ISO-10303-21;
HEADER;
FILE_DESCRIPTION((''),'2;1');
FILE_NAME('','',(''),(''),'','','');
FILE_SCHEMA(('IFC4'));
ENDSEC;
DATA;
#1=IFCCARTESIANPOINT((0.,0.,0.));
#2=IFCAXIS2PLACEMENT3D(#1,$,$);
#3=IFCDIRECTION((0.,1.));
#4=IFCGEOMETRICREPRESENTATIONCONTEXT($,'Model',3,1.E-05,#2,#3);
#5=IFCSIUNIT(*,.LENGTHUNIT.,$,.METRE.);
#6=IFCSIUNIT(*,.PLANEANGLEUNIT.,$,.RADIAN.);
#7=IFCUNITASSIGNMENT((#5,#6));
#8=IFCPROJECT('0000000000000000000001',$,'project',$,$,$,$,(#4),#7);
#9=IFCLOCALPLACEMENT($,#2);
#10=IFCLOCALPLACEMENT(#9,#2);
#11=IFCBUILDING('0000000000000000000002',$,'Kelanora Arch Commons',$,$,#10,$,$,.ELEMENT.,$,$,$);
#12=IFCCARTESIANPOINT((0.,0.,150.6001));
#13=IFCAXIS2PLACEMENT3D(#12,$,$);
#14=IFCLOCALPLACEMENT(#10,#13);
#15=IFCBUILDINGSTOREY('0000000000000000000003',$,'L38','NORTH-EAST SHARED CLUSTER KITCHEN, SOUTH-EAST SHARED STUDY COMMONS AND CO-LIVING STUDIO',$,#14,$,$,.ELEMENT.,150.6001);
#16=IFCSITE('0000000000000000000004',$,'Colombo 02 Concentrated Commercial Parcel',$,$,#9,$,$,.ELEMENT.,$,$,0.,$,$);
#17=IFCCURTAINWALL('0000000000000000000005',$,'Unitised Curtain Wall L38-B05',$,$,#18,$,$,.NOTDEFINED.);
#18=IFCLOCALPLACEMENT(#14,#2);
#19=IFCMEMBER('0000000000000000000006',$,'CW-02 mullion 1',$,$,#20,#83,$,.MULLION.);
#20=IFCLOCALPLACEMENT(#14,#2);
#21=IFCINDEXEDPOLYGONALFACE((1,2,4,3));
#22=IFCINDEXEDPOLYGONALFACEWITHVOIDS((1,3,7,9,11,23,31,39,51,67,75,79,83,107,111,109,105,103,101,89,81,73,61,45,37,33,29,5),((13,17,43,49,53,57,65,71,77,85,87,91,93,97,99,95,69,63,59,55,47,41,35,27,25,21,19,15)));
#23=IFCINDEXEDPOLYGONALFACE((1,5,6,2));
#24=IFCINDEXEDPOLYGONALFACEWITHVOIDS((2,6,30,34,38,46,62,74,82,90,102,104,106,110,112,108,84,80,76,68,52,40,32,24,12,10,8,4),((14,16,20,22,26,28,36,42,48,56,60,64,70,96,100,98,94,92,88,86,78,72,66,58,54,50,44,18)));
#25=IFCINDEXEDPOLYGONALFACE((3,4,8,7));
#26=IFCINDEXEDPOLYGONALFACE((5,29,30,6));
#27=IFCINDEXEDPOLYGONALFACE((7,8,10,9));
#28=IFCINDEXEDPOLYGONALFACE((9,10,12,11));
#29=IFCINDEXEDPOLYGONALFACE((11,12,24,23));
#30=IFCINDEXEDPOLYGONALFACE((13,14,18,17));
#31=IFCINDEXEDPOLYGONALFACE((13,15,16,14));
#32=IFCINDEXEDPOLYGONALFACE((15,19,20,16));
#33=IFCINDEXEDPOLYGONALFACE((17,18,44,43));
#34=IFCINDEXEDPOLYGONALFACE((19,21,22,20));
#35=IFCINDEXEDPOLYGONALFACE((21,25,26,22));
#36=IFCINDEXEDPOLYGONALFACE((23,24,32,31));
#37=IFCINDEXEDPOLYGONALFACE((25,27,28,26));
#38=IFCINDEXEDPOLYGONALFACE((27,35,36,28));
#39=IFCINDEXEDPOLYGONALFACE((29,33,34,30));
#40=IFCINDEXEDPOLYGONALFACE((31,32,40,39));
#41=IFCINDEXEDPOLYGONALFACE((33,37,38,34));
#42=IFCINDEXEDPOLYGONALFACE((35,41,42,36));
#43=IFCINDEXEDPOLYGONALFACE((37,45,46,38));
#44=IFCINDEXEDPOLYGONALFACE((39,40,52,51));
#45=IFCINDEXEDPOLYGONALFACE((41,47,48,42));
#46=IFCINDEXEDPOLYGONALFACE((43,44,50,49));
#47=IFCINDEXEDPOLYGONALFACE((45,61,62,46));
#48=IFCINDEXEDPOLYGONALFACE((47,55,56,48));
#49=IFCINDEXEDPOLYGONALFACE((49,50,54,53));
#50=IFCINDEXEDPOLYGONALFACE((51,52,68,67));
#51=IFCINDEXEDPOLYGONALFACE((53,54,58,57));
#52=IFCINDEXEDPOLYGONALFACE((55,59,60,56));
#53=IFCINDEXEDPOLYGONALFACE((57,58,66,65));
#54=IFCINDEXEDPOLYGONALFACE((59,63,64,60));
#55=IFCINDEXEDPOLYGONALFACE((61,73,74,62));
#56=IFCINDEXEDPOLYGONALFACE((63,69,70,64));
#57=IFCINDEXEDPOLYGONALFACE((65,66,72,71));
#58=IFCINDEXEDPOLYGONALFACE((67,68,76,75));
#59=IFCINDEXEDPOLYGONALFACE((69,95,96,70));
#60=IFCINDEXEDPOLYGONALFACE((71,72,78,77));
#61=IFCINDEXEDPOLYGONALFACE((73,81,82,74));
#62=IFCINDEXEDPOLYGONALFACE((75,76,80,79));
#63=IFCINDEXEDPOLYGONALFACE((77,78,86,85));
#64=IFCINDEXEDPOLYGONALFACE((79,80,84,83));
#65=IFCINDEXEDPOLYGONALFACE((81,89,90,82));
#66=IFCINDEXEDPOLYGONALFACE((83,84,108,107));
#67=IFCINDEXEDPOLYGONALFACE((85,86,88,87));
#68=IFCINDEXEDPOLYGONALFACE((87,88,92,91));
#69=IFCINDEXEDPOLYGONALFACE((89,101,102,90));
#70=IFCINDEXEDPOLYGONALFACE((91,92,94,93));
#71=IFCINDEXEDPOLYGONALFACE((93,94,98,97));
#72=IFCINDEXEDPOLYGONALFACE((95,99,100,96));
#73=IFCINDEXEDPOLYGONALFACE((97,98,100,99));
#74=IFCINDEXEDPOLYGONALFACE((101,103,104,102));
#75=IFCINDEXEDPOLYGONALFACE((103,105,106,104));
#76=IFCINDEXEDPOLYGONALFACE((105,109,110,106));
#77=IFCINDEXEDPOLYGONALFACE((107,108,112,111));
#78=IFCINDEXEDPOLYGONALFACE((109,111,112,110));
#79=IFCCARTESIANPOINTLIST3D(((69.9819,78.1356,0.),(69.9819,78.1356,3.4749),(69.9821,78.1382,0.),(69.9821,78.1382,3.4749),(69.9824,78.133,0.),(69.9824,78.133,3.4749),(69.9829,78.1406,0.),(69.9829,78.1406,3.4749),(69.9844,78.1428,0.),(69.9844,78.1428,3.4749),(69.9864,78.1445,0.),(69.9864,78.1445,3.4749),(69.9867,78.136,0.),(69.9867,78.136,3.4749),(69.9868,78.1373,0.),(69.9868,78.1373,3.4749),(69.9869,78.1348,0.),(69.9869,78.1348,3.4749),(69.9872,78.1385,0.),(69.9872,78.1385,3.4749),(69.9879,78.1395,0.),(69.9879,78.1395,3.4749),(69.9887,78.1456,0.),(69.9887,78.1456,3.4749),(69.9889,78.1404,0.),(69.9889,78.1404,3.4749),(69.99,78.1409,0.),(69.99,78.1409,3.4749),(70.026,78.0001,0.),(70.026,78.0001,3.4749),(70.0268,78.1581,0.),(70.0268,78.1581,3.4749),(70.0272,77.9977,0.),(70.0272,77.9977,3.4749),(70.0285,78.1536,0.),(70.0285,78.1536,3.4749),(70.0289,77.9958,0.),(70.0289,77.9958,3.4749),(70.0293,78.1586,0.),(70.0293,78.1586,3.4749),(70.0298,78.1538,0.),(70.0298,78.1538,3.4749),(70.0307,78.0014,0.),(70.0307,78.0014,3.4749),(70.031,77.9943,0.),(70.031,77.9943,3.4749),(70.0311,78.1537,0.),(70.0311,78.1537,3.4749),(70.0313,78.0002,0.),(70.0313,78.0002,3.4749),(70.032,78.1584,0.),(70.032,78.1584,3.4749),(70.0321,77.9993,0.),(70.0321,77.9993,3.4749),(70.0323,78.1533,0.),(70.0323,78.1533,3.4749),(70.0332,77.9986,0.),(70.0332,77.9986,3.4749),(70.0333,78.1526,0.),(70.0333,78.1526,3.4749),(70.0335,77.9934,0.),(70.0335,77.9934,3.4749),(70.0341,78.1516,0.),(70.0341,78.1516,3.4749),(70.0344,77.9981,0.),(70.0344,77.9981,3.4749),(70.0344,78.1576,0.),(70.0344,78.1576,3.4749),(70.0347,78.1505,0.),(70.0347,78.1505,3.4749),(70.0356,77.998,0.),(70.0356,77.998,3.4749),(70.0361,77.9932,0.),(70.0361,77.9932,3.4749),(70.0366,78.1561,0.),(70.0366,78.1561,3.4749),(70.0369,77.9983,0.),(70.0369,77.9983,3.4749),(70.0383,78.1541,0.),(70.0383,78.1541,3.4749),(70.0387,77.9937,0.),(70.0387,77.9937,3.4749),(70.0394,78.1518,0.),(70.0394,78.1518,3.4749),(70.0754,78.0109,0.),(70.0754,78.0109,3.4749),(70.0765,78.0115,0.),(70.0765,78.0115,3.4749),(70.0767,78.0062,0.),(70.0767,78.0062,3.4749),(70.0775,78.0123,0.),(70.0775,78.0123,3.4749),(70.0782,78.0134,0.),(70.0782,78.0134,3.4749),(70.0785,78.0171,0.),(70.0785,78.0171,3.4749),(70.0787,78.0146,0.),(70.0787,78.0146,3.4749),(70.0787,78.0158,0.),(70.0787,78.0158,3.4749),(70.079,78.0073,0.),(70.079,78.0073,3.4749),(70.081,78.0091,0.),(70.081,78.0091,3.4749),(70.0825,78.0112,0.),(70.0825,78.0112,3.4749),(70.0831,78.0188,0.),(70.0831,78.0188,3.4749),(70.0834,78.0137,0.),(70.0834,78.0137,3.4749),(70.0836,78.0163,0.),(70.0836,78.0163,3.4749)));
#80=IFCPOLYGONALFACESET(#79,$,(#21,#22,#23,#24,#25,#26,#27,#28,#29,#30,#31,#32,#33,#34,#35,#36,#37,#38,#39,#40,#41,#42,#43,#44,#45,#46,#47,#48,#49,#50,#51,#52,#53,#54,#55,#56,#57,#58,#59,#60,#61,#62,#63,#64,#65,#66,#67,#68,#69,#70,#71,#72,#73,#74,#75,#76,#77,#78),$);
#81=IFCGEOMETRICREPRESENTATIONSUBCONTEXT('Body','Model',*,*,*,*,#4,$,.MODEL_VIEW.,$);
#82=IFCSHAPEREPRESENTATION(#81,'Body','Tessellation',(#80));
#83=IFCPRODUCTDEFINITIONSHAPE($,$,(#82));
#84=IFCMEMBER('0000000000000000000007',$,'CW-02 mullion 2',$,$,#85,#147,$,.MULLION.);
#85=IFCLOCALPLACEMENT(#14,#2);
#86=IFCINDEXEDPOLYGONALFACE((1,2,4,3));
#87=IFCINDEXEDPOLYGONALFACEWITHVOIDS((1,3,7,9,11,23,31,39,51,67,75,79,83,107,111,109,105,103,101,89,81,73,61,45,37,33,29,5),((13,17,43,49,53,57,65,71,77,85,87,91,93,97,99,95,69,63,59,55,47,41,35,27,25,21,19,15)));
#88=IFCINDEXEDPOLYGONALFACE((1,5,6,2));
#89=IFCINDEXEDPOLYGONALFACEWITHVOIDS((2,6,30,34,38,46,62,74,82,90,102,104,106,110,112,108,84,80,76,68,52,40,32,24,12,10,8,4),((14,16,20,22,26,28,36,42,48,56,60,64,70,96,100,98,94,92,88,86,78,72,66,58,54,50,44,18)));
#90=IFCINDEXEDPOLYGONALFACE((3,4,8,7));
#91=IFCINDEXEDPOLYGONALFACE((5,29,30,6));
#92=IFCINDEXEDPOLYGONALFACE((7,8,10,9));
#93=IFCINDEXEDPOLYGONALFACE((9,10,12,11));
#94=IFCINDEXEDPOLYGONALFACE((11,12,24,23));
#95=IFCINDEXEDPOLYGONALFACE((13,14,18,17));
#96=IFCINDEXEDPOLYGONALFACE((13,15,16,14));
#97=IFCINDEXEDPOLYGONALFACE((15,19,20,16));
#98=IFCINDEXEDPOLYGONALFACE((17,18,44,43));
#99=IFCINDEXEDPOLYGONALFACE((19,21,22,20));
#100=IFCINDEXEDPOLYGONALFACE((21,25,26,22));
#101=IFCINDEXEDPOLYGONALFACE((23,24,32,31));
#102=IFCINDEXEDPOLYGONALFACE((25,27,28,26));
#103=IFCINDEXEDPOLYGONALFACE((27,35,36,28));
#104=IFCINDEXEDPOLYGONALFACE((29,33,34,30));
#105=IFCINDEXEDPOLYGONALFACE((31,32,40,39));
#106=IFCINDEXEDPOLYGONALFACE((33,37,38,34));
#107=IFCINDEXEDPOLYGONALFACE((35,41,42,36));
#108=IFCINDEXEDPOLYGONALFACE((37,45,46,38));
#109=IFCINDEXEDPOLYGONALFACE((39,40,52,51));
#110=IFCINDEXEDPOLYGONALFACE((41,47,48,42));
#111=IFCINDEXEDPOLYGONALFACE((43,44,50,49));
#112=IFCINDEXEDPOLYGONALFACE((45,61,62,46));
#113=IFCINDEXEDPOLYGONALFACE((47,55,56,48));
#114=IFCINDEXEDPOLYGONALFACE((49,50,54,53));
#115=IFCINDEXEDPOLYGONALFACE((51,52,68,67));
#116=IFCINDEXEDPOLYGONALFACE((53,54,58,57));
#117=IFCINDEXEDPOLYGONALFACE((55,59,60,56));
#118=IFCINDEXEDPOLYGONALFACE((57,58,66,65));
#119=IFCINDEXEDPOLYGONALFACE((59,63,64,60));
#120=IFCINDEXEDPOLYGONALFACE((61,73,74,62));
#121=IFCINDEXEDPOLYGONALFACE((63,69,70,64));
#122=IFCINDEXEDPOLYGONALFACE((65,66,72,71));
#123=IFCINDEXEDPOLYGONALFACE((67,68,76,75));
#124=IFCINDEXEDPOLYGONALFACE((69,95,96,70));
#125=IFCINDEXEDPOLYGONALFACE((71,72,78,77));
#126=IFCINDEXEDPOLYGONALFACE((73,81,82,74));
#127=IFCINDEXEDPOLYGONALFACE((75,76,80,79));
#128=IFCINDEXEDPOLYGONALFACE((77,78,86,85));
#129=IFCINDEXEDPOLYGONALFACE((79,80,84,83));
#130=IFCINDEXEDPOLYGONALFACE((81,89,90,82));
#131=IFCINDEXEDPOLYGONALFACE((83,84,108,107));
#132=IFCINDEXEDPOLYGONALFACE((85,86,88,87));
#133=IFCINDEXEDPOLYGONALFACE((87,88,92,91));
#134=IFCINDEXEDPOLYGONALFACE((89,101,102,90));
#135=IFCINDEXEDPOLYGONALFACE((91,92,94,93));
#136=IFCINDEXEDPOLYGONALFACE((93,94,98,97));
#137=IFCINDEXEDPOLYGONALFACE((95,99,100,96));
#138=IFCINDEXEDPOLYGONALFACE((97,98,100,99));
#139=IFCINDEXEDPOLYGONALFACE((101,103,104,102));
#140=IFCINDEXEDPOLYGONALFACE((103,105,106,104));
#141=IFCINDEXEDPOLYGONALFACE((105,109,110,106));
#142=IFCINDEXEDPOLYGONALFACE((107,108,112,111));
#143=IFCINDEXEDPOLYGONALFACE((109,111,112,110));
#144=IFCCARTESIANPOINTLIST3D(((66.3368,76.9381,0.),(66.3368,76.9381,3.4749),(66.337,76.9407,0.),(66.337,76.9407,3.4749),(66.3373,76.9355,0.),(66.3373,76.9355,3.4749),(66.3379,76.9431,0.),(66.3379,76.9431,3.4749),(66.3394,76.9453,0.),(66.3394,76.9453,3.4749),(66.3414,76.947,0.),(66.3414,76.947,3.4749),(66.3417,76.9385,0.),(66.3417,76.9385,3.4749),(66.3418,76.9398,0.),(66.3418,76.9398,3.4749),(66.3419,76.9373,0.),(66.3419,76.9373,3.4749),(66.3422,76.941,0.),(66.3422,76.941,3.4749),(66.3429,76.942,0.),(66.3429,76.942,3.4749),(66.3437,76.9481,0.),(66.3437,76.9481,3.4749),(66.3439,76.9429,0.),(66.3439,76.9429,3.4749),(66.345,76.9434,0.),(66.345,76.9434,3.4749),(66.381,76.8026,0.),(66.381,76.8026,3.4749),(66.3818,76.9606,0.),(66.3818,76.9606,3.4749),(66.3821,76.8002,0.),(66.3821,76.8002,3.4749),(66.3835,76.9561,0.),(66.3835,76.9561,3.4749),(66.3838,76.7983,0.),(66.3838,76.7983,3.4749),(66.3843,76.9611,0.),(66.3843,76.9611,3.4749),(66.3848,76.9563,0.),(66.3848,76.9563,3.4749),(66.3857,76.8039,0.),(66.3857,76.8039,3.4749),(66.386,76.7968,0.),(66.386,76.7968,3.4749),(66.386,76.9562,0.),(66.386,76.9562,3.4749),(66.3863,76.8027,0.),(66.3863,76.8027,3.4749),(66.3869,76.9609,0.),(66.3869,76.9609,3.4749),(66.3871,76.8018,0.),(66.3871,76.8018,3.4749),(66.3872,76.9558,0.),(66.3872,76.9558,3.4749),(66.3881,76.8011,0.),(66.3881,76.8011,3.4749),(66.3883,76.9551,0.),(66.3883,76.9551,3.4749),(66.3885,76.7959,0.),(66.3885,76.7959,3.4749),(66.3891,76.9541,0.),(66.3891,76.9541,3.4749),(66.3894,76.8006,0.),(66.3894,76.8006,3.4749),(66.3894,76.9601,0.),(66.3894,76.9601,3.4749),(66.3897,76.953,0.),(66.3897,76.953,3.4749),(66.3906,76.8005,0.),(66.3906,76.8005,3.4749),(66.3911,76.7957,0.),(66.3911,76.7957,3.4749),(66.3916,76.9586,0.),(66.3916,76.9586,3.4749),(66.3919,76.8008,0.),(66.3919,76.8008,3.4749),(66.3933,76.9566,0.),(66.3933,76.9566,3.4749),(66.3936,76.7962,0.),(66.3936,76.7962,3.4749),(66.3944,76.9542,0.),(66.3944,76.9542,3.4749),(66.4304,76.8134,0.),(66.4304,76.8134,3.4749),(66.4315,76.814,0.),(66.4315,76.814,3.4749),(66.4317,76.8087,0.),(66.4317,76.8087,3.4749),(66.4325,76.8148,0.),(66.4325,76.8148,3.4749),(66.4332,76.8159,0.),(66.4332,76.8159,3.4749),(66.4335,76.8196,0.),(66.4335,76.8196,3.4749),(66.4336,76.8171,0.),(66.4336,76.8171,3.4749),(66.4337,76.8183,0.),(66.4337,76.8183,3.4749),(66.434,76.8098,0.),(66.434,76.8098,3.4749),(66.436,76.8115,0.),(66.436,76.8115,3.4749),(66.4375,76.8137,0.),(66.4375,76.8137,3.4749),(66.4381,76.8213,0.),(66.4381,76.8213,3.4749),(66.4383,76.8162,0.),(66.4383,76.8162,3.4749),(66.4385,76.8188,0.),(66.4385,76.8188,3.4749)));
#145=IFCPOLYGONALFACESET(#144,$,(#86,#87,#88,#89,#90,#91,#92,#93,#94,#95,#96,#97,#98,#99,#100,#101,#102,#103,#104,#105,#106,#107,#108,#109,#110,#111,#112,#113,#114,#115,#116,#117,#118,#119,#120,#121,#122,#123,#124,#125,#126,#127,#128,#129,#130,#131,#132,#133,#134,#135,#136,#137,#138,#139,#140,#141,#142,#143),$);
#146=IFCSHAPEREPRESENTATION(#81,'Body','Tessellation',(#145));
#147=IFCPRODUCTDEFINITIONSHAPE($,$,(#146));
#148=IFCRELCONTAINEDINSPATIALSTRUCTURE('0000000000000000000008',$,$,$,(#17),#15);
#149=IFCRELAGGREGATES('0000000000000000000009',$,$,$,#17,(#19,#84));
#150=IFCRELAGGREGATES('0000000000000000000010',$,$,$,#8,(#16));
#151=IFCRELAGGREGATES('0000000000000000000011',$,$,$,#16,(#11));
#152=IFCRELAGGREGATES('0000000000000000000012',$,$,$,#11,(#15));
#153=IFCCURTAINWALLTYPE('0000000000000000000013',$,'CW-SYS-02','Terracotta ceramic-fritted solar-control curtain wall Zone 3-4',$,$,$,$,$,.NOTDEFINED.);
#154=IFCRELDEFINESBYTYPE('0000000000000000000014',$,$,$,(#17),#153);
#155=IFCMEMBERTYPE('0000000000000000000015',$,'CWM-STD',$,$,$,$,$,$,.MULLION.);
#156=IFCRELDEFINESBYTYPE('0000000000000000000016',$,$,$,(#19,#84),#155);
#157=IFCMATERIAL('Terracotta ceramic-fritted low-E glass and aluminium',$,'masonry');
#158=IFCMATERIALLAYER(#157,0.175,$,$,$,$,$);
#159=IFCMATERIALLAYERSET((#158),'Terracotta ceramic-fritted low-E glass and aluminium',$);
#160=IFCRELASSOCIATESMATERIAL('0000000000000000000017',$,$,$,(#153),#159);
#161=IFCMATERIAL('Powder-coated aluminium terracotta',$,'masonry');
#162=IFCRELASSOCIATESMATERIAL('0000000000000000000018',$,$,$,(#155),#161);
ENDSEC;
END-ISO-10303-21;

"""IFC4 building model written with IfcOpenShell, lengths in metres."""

from ifc_helpers import new_model, si_unit, direction, frame, origin, origin_2d, place, context, subcontext, project, spatial, hollow_rectangle, extrude, material, layer, layer_set, material_profile, profile_set, type_object, element, aggregate, save


model = new_model("IFC4")

# Units and contexts
model_context = context("Model", 3, precision=1e-05, world=origin(), true_north=direction((0.0, 1.0)))
body_context = subcontext(model_context, "Body", "Model", "MODEL_VIEW")
ifc_project = project(units=[si_unit("LENGTHUNIT", "METRE"), si_unit("PLANEANGLEUNIT", "RADIAN")], contexts=[model_context])

# Site, building, storey
site_placement = place(None, origin())
site = spatial("IfcSite", under=ifc_project, at=site_placement, Name="Colombo 02 Concentrated Commercial Parcel", CompositionType="ELEMENT", RefElevation=0.0)
building_placement = place(site_placement, origin())
building = spatial("IfcBuilding", under=site, at=building_placement, Name="Kelanora Arch Commons", CompositionType="ELEMENT")
storey_placement = place(building_placement, frame((0.0, 0.0, 150.6001)))
storey = spatial("IfcBuildingStorey", under=building, at=storey_placement, Name="L38", Description="NORTH-EAST SHARED CLUSTER KITCHEN, SOUTH-EAST SHARED STUDY COMMONS AND CO-LIVING STUDIO", CompositionType="ELEMENT", Elevation=150.6001)

# Curtain wall, members
ifc_material_1 = material(Name="Terracotta ceramic-fritted low-E glass and aluminium", Category="masonry")
ifc_layer_1 = layer(ifc_material_1, 0.175)
ifc_layer_set_1 = layer_set([ifc_layer_1], Name="Terracotta ceramic-fritted low-E glass and aluminium")
curtain_wall_type = type_object("IfcCurtainWallType", Name="CW-SYS-02", Description="Terracotta ceramic-fritted solar-control curtain wall Zone 3-4", PredefinedType="NOTDEFINED", material=ifc_layer_set_1)
curtain_wall_placement = place(storey_placement, origin())
curtain_wall = element("IfcCurtainWall", 1, at=curtain_wall_placement, inside=storey, type_object=curtain_wall_type, Name="Unitised Curtain Wall L38-B05", PredefinedType="NOTDEFINED")
ifc_material_2 = material(Name="Powder-coated aluminium terracotta", Category="masonry")
ifc_material_profile_1 = material_profile(ifc_material_2, hollow_rectangle(XDim=0.1599, YDim=0.0601, WallThickness=0.0049, InnerFilletRadius=0.0049, OuterFilletRadius=0.01, at=origin_2d()), Name="CWM160x60")
ifc_profile_set_1 = profile_set([ifc_material_profile_1], Name="Powder-coated aluminium terracotta")
member_type_1 = type_object("IfcMemberType", Name="CWM-STD", PredefinedType="MULLION", material=ifc_profile_set_1)
member_1_placement = place(storey_placement, frame((70.0327, 78.0759, 0.0), z_axis=(0.0, 0.0, 1.0), x_axis=(0.312128, -0.95004, 0.0)))
member_1 = element("IfcMember", 2, at=member_1_placement, type_object=member_type_1, Name="CW-02 mullion 1", PredefinedType="MULLION", context=body_context, shape_type="SweptSolid", body=[
    extrude(hollow_rectangle(XDim=0.1599, YDim=0.0601, WallThickness=0.0049, InnerFilletRadius=0.0049, OuterFilletRadius=0.01, at=origin_2d()), origin(), (0.0, 0.0, 1.0), 3.4749),
])
member_2_placement = place(storey_placement, frame((66.3877, 76.8784, 0.0), z_axis=(0.0, 0.0, 1.0), x_axis=(0.312128, -0.95004, 0.0)))
member_2 = element("IfcMember", 3, at=member_2_placement, type_object=member_type_1, Name="CW-02 mullion 2", PredefinedType="MULLION", context=body_context, shape_type="SweptSolid", body=[
    extrude(hollow_rectangle(XDim=0.1599, YDim=0.0601, WallThickness=0.0049, InnerFilletRadius=0.0049, OuterFilletRadius=0.01, at=origin_2d()), origin(), (0.0, 0.0, 1.0), 3.4749),
])
aggregate(curtain_wall, [member_1, member_2])

save(model, "model.ifc")
